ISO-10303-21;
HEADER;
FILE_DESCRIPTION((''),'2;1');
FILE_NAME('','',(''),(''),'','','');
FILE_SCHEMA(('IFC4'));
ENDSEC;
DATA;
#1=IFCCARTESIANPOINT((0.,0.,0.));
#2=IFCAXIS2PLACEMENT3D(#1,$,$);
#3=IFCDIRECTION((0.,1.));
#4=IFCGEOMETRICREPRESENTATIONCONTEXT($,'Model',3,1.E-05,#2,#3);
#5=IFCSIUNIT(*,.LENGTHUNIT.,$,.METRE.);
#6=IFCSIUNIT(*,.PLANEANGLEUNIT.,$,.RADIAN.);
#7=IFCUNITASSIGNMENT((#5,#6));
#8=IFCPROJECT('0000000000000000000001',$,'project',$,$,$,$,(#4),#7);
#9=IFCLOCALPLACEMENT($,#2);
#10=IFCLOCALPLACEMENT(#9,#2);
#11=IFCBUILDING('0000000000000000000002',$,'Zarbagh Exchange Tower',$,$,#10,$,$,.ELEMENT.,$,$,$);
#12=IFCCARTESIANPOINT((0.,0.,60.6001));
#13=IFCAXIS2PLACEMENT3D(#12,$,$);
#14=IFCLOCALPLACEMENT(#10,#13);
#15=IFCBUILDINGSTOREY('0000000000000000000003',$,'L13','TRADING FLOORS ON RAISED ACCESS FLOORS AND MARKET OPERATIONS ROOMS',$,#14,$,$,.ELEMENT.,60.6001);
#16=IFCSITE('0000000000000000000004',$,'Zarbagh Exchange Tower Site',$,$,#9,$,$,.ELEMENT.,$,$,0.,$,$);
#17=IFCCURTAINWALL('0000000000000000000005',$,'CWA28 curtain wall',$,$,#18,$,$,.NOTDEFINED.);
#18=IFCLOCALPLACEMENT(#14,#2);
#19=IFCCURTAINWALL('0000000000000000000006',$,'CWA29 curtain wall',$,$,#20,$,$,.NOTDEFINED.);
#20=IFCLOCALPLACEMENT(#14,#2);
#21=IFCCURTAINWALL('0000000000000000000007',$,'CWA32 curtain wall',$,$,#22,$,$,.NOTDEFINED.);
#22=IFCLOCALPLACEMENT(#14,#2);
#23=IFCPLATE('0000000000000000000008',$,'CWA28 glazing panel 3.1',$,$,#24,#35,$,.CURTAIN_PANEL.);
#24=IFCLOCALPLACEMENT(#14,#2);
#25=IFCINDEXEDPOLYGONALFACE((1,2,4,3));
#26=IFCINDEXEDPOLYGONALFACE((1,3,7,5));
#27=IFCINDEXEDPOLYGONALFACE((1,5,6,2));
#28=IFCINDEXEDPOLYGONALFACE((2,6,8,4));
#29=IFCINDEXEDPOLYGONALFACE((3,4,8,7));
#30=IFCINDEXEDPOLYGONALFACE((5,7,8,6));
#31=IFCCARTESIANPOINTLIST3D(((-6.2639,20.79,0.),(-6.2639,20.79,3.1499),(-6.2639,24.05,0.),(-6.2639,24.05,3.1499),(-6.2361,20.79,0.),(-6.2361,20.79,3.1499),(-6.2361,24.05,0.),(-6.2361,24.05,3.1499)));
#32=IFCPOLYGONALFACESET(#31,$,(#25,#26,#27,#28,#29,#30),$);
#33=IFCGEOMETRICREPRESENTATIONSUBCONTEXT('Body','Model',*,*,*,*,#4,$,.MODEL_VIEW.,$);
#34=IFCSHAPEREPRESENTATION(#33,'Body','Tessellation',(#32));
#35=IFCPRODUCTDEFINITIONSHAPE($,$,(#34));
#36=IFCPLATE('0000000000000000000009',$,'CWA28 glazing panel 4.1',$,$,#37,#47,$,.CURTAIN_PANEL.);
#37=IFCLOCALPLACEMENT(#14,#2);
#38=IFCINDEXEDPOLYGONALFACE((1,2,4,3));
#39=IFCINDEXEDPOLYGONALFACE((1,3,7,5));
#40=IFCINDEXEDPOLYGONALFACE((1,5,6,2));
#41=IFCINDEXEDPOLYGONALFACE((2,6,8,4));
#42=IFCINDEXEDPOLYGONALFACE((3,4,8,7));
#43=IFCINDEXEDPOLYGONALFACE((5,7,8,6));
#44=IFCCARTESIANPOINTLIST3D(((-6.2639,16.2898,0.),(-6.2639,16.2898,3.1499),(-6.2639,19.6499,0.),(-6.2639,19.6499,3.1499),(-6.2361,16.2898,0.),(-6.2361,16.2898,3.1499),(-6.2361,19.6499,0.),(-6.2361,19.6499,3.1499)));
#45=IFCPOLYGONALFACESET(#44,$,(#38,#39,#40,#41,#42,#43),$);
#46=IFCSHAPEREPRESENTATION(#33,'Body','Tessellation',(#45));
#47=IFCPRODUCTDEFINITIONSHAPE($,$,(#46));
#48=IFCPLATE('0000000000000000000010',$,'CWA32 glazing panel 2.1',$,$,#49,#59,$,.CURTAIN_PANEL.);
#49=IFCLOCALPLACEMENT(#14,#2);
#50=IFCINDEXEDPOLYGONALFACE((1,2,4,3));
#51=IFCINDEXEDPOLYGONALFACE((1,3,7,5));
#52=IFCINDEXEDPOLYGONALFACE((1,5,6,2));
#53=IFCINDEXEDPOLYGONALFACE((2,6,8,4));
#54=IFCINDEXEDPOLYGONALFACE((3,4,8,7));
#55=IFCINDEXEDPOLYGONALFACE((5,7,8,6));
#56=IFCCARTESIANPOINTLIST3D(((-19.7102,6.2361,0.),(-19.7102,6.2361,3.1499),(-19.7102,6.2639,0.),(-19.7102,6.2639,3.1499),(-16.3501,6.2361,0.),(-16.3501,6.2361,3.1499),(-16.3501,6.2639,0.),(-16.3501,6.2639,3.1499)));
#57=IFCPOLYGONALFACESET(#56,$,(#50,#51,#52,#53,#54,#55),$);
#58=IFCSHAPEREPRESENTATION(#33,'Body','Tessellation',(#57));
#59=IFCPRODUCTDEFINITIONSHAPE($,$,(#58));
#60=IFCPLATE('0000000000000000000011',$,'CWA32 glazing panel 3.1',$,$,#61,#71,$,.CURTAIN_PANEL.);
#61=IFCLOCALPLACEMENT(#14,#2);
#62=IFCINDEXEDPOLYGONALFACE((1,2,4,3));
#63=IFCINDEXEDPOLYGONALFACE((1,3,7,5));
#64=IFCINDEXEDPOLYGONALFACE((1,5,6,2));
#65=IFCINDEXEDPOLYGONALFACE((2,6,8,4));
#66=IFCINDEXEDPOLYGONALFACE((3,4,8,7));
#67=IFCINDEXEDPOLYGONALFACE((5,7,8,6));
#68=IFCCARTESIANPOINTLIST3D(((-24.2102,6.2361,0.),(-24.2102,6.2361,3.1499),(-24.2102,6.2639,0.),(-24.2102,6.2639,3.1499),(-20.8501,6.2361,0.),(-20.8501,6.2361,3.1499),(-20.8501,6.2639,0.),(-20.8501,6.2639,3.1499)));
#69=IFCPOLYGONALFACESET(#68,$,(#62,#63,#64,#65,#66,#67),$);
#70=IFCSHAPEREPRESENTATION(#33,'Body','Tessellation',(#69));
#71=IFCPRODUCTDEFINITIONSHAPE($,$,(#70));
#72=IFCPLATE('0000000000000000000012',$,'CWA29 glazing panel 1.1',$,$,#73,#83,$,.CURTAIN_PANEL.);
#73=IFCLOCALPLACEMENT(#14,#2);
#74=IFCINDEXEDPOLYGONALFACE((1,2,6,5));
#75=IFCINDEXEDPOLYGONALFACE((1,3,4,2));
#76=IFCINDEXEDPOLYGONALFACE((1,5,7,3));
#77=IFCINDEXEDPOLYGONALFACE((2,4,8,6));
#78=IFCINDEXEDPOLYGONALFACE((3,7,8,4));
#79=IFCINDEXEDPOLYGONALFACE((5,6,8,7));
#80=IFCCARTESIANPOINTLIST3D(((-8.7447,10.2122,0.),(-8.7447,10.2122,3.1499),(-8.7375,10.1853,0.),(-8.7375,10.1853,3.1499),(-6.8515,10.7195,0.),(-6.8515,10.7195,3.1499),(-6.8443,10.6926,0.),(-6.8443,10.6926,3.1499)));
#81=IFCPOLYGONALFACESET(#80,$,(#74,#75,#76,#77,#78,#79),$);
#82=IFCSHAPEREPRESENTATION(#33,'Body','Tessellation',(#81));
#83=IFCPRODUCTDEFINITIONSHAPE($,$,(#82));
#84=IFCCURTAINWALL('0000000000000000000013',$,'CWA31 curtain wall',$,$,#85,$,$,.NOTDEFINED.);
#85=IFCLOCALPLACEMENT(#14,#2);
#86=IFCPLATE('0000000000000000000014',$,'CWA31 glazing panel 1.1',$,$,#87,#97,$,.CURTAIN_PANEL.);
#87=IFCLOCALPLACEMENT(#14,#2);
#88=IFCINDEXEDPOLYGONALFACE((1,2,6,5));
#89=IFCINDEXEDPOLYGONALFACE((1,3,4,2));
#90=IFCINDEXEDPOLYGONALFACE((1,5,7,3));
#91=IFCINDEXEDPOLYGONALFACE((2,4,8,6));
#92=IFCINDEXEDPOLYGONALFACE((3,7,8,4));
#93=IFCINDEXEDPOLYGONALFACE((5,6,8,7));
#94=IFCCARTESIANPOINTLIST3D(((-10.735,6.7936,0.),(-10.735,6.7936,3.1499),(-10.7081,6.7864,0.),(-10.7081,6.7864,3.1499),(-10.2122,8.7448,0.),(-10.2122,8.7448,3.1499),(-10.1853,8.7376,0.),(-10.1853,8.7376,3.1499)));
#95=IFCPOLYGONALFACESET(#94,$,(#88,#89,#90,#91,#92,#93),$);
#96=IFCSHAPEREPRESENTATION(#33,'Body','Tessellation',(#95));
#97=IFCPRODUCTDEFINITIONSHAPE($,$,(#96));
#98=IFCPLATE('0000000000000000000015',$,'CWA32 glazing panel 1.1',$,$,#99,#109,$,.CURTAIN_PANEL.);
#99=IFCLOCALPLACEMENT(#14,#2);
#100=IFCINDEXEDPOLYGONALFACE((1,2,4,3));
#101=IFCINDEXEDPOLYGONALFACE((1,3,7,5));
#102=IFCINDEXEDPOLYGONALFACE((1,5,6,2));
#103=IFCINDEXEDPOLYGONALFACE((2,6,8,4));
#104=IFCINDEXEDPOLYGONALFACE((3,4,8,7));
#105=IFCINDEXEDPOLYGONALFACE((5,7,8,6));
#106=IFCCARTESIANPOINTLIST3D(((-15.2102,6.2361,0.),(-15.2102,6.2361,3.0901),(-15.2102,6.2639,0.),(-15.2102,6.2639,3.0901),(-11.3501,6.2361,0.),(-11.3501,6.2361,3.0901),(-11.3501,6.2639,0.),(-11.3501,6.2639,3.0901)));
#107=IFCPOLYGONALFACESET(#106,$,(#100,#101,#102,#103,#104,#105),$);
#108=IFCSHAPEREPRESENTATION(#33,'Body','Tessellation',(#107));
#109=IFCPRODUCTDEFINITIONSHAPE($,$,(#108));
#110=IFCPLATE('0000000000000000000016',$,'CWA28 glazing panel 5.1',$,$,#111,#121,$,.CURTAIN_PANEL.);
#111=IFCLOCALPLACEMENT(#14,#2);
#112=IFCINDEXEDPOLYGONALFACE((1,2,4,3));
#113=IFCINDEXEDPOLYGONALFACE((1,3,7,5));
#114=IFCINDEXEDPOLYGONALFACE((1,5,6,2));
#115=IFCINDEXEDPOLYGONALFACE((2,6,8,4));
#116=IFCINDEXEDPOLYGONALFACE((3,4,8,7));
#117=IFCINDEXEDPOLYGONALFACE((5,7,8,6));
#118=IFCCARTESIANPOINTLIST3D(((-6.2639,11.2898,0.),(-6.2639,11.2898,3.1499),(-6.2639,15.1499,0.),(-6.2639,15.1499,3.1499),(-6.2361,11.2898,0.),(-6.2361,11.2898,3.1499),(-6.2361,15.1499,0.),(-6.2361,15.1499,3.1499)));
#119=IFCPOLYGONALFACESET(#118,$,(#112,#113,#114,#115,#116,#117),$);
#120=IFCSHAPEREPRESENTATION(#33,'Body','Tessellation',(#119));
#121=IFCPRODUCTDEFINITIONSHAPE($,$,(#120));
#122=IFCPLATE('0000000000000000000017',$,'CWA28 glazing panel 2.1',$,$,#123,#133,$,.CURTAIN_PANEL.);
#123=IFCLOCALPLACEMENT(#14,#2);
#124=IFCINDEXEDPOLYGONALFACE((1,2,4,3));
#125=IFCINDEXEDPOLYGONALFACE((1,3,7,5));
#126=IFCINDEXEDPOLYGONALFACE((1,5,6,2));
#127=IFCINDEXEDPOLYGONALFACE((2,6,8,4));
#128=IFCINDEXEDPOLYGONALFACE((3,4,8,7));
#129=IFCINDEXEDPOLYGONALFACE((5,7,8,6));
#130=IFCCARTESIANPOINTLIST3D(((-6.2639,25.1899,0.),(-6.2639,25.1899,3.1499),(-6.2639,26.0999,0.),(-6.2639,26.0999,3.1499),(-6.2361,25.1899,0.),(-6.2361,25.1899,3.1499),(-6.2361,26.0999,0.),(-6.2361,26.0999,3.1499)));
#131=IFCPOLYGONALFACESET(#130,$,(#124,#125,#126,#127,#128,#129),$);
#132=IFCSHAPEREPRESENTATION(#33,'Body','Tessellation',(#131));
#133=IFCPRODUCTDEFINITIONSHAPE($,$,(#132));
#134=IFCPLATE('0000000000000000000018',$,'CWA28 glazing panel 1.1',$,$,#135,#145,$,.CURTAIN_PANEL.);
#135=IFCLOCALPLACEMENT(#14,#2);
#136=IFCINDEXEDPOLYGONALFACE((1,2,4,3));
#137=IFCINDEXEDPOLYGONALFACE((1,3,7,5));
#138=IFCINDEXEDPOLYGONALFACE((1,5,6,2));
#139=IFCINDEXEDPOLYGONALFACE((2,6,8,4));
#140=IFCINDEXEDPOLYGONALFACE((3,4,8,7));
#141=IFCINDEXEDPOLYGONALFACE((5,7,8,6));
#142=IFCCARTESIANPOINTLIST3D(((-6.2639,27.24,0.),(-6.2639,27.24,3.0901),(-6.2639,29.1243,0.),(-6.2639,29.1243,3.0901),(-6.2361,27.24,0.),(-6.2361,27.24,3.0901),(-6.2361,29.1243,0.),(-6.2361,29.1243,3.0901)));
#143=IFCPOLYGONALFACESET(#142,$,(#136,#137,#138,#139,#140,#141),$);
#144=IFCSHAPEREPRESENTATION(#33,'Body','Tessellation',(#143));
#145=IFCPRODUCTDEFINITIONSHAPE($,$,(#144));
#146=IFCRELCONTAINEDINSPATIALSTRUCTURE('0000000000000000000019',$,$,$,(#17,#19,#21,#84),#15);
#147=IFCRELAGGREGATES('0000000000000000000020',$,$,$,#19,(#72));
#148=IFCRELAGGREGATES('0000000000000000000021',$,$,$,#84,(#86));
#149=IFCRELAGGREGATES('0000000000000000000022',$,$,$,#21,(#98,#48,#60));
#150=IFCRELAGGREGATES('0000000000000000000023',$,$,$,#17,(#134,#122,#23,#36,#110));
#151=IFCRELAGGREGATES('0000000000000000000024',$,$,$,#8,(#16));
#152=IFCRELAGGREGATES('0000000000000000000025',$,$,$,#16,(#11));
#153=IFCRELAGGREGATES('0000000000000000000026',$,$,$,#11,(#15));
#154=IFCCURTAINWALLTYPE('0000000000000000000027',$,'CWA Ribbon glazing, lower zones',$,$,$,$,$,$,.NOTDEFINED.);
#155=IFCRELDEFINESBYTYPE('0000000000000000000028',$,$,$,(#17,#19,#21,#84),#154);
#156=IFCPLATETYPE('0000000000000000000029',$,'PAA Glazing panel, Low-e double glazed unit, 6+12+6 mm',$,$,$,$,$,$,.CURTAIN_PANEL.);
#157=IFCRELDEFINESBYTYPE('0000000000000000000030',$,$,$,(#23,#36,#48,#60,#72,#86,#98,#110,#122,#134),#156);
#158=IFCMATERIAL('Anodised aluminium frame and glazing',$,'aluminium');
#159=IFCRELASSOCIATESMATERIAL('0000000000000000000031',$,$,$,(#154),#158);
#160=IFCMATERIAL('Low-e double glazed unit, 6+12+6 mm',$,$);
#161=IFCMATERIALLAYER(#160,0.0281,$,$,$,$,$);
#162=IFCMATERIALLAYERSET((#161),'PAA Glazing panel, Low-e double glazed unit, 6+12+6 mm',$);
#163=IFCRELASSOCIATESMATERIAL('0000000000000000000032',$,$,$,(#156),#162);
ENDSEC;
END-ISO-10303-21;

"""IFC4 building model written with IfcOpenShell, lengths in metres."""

from ifc_helpers import new_model, si_unit, direction, frame, origin, place, context, subcontext, project, spatial, polyline, outline, extrude, source, transform, mapped, material, layer, layer_set, type_object, element, aggregate, save


model = new_model("IFC4")

# Units and contexts
model_context = context("Model", 3, precision=1e-05, world=origin(), true_north=direction((0.0, 1.0)))
body_context = subcontext(model_context, "Body", "Model", "MODEL_VIEW")
ifc_project = project(units=[si_unit("LENGTHUNIT", "METRE"), si_unit("PLANEANGLEUNIT", "RADIAN")], contexts=[model_context])

# Site, building, storey
site_placement = place(None, origin())
site = spatial("IfcSite", under=ifc_project, at=site_placement, Name="Zarbagh Exchange Tower Site", CompositionType="ELEMENT", RefElevation=0.0)
building_placement = place(site_placement, origin())
building = spatial("IfcBuilding", under=site, at=building_placement, Name="Zarbagh Exchange Tower", CompositionType="ELEMENT")
storey_placement = place(building_placement, frame((0.0, 0.0, 60.6001)))
storey = spatial("IfcBuildingStorey", under=building, at=storey_placement, Name="L13", Description="TRADING FLOORS ON RAISED ACCESS FLOORS AND MARKET OPERATIONS ROOMS", CompositionType="ELEMENT", Elevation=60.6001)

# Curtain wall
ifc_material_1 = material(Name="Anodised aluminium frame and glazing", Category="aluminium")
curtain_wall_type = type_object("IfcCurtainWallType", Name="CWA Ribbon glazing, lower zones", PredefinedType="NOTDEFINED", material=ifc_material_1)
curtain_wall_1_placement = place(storey_placement, origin())
curtain_wall_1 = element("IfcCurtainWall", 1, at=curtain_wall_1_placement, inside=storey, type_object=curtain_wall_type, Name="CWA28 curtain wall", PredefinedType="NOTDEFINED")
placement = place(storey_placement, origin())

# Curtain wall
curtain_wall_2_placement = place(storey_placement, origin())
curtain_wall_2 = element("IfcCurtainWall", 2, at=curtain_wall_2_placement, inside=storey, type_object=curtain_wall_type, Name="CWA29 curtain wall", PredefinedType="NOTDEFINED")

# Curtain wall
curtain_wall_3_placement = place(storey_placement, origin())
curtain_wall_3 = element("IfcCurtainWall", 3, at=curtain_wall_3_placement, inside=storey, type_object=curtain_wall_type, Name="CWA32 curtain wall", PredefinedType="NOTDEFINED")

# Shared definitions
ifc_material_2 = material(Name="Low-e double glazed unit, 6+12+6 mm")
ifc_layer = layer(ifc_material_2, 0.0281)
ifc_layer_set = layer_set([ifc_layer], Name="PAA Glazing panel, Low-e double glazed unit, 6+12+6 mm")
plate_type = type_object("IfcPlateType", Name="PAA Glazing panel, Low-e double glazed unit, 6+12+6 mm", PredefinedType="CURTAIN_PANEL", material=ifc_layer_set)

# Plates
shared_shape_1 = source(origin(), body_context, "Body", "SweptSolid", [
    extrude(outline(polyline([(0.0, -0.0139), (3.26, -0.0139), (3.26, 0.0139), (0.0, 0.0139), (0.0, -0.0139)])), origin(), (0.0, 0.0, 1.0), 3.1499),
])
plate_1 = element("IfcPlate", 4, at=placement, type_object=plate_type, Name="CWA28 glazing panel 3.1", PredefinedType="CURTAIN_PANEL", context=body_context, shape_type="MappedRepresentation", body=[
    mapped(shared_shape_1, transform((-6.25, 24.05, 0.0), x_axis=(0.0, -1.0, 0.0), y_axis=(1.0, 0.0, 0.0), z_axis=(0.0, 0.0, 1.0))),
])
shared_shape_2 = source(origin(), body_context, "Body", "SweptSolid", [
    extrude(outline(polyline([(0.0, -0.0139), (3.3601, -0.0139), (3.3601, 0.0139), (0.0, 0.0139), (0.0, -0.0139)])), origin(), (0.0, 0.0, 1.0), 3.1499),
])
plate_2 = element("IfcPlate", 5, at=placement, type_object=plate_type, Name="CWA28 glazing panel 4.1", PredefinedType="CURTAIN_PANEL", context=body_context, shape_type="MappedRepresentation", body=[
    mapped(shared_shape_2, transform((-6.25, 19.6499, 0.0), x_axis=(0.0, -1.0, 0.0), y_axis=(1.0, 0.0, 0.0), z_axis=(0.0, 0.0, 1.0))),
])
plate_3 = element("IfcPlate", 6, at=placement, type_object=plate_type, Name="CWA32 glazing panel 2.1", PredefinedType="CURTAIN_PANEL", context=body_context, shape_type="MappedRepresentation", body=[
    mapped(shared_shape_2, transform((-16.3501, 6.25, 0.0), x_axis=(-1.0, 0.0, 0.0), y_axis=(0.0, -1.0, 0.0), z_axis=(0.0, 0.0, 1.0))),
])
plate_4 = element("IfcPlate", 7, at=placement, type_object=plate_type, Name="CWA32 glazing panel 3.1", PredefinedType="CURTAIN_PANEL", context=body_context, shape_type="MappedRepresentation", body=[
    mapped(shared_shape_2, transform((-20.8501, 6.25, 0.0), x_axis=(-1.0, 0.0, 0.0), y_axis=(0.0, -1.0, 0.0), z_axis=(0.0, 0.0, 1.0))),
])
shared_shape_3 = source(origin(), body_context, "Body", "SweptSolid", [
    extrude(outline(polyline([(0.0, -0.0139), (1.96, -0.0139), (1.96, 0.0139), (0.0, 0.0139), (0.0, -0.0139)])), origin(), (0.0, 0.0, 1.0), 3.1499),
])
plate_5 = element("IfcPlate", 8, at=placement, type_object=plate_type, Name="CWA29 glazing panel 1.1", PredefinedType="CURTAIN_PANEL", context=body_context, shape_type="MappedRepresentation", body=[
    mapped(shared_shape_3, transform((-6.8479, 10.7061, 0.0), x_axis=(-0.965924, -0.258825, 0.0), y_axis=(0.258825, -0.965924, 0.0), z_axis=(0.0, 0.0, 1.0))),
])
aggregate(curtain_wall_2, [plate_5])

# Curtain wall, plate
curtain_wall_4_placement = place(storey_placement, origin())
curtain_wall_4 = element("IfcCurtainWall", 9, at=curtain_wall_4_placement, inside=storey, type_object=curtain_wall_type, Name="CWA31 curtain wall", PredefinedType="NOTDEFINED")
shared_shape_4 = source(origin(), body_context, "Body", "SweptSolid", [
    extrude(outline(polyline([(0.0, -0.0139), (2.02, -0.0139), (2.02, 0.0139), (0.0, 0.0139), (0.0, -0.0139)])), origin(), (0.0, 0.0, 1.0), 3.1499),
])
plate_6 = element("IfcPlate", 10, at=placement, type_object=plate_type, Name="CWA31 glazing panel 1.1", PredefinedType="CURTAIN_PANEL", context=body_context, shape_type="MappedRepresentation", body=[
    mapped(shared_shape_4, transform((-10.1987, 8.7412, 0.0), x_axis=(-0.258825, -0.965924, 0.0), y_axis=(0.965924, -0.258825, 0.0), z_axis=(0.0, 0.0, 1.0))),
])
aggregate(curtain_wall_4, [plate_6])

# Plates
shared_shape_5 = source(origin(), body_context, "Body", "SweptSolid", [
    extrude(outline(polyline([(0.0, -0.0139), (3.8601, -0.0139), (3.8601, 0.0139), (0.0, 0.0139), (0.0, -0.0139)])), origin(), (0.0, 0.0, 1.0), 3.0901),
])
plate_7 = element("IfcPlate", 11, at=placement, type_object=plate_type, Name="CWA32 glazing panel 1.1", PredefinedType="CURTAIN_PANEL", context=body_context, shape_type="MappedRepresentation", body=[
    mapped(shared_shape_5, transform((-11.3501, 6.25, 0.0), x_axis=(-1.0, 0.0, 0.0), y_axis=(0.0, -1.0, 0.0), z_axis=(0.0, 0.0, 1.0))),
])
aggregate(curtain_wall_3, [plate_7, plate_3, plate_4])
shared_shape_6 = source(origin(), body_context, "Body", "SweptSolid", [
    extrude(outline(polyline([(0.0, -0.0139), (3.8601, -0.0139), (3.8601, 0.0139), (0.0, 0.0139), (0.0, -0.0139)])), origin(), (0.0, 0.0, 1.0), 3.1499),
])
plate_8 = element("IfcPlate", 12, at=placement, type_object=plate_type, Name="CWA28 glazing panel 5.1", PredefinedType="CURTAIN_PANEL", context=body_context, shape_type="MappedRepresentation", body=[
    mapped(shared_shape_6, transform((-6.25, 15.1499, 0.0), x_axis=(0.0, -1.0, 0.0), y_axis=(1.0, 0.0, 0.0), z_axis=(0.0, 0.0, 1.0))),
])
shared_shape_7 = source(origin(), body_context, "Body", "SweptSolid", [
    extrude(outline(polyline([(0.0, -0.0139), (0.9099, -0.0139), (0.9099, 0.0139), (0.0, 0.0139), (0.0, -0.0139)])), origin(), (0.0, 0.0, 1.0), 3.1499),
])
plate_9 = element("IfcPlate", 13, at=placement, type_object=plate_type, Name="CWA28 glazing panel 2.1", PredefinedType="CURTAIN_PANEL", context=body_context, shape_type="MappedRepresentation", body=[
    mapped(shared_shape_7, transform((-6.25, 26.0999, 0.0), x_axis=(0.0, -1.0, 0.0), y_axis=(1.0, 0.0, 0.0), z_axis=(0.0, 0.0, 1.0))),
])
shared_shape_8 = source(origin(), body_context, "Body", "SweptSolid", [
    extrude(outline(polyline([(0.0, -0.0139), (1.8843, -0.0139), (1.8843, 0.0139), (0.0, 0.0139), (0.0, -0.0139)])), origin(), (0.0, 0.0, 1.0), 3.0901),
])
plate_10 = element("IfcPlate", 14, at=placement, type_object=plate_type, Name="CWA28 glazing panel 1.1", PredefinedType="CURTAIN_PANEL", context=body_context, shape_type="MappedRepresentation", body=[
    mapped(shared_shape_8, transform((-6.25, 29.1243, 0.0), x_axis=(0.0, -1.0, 0.0), y_axis=(1.0, 0.0, 0.0), z_axis=(0.0, 0.0, 1.0))),
])
aggregate(curtain_wall_1, [plate_10, plate_9, plate_1, plate_2, plate_8])

save(model, "model.ifc")
